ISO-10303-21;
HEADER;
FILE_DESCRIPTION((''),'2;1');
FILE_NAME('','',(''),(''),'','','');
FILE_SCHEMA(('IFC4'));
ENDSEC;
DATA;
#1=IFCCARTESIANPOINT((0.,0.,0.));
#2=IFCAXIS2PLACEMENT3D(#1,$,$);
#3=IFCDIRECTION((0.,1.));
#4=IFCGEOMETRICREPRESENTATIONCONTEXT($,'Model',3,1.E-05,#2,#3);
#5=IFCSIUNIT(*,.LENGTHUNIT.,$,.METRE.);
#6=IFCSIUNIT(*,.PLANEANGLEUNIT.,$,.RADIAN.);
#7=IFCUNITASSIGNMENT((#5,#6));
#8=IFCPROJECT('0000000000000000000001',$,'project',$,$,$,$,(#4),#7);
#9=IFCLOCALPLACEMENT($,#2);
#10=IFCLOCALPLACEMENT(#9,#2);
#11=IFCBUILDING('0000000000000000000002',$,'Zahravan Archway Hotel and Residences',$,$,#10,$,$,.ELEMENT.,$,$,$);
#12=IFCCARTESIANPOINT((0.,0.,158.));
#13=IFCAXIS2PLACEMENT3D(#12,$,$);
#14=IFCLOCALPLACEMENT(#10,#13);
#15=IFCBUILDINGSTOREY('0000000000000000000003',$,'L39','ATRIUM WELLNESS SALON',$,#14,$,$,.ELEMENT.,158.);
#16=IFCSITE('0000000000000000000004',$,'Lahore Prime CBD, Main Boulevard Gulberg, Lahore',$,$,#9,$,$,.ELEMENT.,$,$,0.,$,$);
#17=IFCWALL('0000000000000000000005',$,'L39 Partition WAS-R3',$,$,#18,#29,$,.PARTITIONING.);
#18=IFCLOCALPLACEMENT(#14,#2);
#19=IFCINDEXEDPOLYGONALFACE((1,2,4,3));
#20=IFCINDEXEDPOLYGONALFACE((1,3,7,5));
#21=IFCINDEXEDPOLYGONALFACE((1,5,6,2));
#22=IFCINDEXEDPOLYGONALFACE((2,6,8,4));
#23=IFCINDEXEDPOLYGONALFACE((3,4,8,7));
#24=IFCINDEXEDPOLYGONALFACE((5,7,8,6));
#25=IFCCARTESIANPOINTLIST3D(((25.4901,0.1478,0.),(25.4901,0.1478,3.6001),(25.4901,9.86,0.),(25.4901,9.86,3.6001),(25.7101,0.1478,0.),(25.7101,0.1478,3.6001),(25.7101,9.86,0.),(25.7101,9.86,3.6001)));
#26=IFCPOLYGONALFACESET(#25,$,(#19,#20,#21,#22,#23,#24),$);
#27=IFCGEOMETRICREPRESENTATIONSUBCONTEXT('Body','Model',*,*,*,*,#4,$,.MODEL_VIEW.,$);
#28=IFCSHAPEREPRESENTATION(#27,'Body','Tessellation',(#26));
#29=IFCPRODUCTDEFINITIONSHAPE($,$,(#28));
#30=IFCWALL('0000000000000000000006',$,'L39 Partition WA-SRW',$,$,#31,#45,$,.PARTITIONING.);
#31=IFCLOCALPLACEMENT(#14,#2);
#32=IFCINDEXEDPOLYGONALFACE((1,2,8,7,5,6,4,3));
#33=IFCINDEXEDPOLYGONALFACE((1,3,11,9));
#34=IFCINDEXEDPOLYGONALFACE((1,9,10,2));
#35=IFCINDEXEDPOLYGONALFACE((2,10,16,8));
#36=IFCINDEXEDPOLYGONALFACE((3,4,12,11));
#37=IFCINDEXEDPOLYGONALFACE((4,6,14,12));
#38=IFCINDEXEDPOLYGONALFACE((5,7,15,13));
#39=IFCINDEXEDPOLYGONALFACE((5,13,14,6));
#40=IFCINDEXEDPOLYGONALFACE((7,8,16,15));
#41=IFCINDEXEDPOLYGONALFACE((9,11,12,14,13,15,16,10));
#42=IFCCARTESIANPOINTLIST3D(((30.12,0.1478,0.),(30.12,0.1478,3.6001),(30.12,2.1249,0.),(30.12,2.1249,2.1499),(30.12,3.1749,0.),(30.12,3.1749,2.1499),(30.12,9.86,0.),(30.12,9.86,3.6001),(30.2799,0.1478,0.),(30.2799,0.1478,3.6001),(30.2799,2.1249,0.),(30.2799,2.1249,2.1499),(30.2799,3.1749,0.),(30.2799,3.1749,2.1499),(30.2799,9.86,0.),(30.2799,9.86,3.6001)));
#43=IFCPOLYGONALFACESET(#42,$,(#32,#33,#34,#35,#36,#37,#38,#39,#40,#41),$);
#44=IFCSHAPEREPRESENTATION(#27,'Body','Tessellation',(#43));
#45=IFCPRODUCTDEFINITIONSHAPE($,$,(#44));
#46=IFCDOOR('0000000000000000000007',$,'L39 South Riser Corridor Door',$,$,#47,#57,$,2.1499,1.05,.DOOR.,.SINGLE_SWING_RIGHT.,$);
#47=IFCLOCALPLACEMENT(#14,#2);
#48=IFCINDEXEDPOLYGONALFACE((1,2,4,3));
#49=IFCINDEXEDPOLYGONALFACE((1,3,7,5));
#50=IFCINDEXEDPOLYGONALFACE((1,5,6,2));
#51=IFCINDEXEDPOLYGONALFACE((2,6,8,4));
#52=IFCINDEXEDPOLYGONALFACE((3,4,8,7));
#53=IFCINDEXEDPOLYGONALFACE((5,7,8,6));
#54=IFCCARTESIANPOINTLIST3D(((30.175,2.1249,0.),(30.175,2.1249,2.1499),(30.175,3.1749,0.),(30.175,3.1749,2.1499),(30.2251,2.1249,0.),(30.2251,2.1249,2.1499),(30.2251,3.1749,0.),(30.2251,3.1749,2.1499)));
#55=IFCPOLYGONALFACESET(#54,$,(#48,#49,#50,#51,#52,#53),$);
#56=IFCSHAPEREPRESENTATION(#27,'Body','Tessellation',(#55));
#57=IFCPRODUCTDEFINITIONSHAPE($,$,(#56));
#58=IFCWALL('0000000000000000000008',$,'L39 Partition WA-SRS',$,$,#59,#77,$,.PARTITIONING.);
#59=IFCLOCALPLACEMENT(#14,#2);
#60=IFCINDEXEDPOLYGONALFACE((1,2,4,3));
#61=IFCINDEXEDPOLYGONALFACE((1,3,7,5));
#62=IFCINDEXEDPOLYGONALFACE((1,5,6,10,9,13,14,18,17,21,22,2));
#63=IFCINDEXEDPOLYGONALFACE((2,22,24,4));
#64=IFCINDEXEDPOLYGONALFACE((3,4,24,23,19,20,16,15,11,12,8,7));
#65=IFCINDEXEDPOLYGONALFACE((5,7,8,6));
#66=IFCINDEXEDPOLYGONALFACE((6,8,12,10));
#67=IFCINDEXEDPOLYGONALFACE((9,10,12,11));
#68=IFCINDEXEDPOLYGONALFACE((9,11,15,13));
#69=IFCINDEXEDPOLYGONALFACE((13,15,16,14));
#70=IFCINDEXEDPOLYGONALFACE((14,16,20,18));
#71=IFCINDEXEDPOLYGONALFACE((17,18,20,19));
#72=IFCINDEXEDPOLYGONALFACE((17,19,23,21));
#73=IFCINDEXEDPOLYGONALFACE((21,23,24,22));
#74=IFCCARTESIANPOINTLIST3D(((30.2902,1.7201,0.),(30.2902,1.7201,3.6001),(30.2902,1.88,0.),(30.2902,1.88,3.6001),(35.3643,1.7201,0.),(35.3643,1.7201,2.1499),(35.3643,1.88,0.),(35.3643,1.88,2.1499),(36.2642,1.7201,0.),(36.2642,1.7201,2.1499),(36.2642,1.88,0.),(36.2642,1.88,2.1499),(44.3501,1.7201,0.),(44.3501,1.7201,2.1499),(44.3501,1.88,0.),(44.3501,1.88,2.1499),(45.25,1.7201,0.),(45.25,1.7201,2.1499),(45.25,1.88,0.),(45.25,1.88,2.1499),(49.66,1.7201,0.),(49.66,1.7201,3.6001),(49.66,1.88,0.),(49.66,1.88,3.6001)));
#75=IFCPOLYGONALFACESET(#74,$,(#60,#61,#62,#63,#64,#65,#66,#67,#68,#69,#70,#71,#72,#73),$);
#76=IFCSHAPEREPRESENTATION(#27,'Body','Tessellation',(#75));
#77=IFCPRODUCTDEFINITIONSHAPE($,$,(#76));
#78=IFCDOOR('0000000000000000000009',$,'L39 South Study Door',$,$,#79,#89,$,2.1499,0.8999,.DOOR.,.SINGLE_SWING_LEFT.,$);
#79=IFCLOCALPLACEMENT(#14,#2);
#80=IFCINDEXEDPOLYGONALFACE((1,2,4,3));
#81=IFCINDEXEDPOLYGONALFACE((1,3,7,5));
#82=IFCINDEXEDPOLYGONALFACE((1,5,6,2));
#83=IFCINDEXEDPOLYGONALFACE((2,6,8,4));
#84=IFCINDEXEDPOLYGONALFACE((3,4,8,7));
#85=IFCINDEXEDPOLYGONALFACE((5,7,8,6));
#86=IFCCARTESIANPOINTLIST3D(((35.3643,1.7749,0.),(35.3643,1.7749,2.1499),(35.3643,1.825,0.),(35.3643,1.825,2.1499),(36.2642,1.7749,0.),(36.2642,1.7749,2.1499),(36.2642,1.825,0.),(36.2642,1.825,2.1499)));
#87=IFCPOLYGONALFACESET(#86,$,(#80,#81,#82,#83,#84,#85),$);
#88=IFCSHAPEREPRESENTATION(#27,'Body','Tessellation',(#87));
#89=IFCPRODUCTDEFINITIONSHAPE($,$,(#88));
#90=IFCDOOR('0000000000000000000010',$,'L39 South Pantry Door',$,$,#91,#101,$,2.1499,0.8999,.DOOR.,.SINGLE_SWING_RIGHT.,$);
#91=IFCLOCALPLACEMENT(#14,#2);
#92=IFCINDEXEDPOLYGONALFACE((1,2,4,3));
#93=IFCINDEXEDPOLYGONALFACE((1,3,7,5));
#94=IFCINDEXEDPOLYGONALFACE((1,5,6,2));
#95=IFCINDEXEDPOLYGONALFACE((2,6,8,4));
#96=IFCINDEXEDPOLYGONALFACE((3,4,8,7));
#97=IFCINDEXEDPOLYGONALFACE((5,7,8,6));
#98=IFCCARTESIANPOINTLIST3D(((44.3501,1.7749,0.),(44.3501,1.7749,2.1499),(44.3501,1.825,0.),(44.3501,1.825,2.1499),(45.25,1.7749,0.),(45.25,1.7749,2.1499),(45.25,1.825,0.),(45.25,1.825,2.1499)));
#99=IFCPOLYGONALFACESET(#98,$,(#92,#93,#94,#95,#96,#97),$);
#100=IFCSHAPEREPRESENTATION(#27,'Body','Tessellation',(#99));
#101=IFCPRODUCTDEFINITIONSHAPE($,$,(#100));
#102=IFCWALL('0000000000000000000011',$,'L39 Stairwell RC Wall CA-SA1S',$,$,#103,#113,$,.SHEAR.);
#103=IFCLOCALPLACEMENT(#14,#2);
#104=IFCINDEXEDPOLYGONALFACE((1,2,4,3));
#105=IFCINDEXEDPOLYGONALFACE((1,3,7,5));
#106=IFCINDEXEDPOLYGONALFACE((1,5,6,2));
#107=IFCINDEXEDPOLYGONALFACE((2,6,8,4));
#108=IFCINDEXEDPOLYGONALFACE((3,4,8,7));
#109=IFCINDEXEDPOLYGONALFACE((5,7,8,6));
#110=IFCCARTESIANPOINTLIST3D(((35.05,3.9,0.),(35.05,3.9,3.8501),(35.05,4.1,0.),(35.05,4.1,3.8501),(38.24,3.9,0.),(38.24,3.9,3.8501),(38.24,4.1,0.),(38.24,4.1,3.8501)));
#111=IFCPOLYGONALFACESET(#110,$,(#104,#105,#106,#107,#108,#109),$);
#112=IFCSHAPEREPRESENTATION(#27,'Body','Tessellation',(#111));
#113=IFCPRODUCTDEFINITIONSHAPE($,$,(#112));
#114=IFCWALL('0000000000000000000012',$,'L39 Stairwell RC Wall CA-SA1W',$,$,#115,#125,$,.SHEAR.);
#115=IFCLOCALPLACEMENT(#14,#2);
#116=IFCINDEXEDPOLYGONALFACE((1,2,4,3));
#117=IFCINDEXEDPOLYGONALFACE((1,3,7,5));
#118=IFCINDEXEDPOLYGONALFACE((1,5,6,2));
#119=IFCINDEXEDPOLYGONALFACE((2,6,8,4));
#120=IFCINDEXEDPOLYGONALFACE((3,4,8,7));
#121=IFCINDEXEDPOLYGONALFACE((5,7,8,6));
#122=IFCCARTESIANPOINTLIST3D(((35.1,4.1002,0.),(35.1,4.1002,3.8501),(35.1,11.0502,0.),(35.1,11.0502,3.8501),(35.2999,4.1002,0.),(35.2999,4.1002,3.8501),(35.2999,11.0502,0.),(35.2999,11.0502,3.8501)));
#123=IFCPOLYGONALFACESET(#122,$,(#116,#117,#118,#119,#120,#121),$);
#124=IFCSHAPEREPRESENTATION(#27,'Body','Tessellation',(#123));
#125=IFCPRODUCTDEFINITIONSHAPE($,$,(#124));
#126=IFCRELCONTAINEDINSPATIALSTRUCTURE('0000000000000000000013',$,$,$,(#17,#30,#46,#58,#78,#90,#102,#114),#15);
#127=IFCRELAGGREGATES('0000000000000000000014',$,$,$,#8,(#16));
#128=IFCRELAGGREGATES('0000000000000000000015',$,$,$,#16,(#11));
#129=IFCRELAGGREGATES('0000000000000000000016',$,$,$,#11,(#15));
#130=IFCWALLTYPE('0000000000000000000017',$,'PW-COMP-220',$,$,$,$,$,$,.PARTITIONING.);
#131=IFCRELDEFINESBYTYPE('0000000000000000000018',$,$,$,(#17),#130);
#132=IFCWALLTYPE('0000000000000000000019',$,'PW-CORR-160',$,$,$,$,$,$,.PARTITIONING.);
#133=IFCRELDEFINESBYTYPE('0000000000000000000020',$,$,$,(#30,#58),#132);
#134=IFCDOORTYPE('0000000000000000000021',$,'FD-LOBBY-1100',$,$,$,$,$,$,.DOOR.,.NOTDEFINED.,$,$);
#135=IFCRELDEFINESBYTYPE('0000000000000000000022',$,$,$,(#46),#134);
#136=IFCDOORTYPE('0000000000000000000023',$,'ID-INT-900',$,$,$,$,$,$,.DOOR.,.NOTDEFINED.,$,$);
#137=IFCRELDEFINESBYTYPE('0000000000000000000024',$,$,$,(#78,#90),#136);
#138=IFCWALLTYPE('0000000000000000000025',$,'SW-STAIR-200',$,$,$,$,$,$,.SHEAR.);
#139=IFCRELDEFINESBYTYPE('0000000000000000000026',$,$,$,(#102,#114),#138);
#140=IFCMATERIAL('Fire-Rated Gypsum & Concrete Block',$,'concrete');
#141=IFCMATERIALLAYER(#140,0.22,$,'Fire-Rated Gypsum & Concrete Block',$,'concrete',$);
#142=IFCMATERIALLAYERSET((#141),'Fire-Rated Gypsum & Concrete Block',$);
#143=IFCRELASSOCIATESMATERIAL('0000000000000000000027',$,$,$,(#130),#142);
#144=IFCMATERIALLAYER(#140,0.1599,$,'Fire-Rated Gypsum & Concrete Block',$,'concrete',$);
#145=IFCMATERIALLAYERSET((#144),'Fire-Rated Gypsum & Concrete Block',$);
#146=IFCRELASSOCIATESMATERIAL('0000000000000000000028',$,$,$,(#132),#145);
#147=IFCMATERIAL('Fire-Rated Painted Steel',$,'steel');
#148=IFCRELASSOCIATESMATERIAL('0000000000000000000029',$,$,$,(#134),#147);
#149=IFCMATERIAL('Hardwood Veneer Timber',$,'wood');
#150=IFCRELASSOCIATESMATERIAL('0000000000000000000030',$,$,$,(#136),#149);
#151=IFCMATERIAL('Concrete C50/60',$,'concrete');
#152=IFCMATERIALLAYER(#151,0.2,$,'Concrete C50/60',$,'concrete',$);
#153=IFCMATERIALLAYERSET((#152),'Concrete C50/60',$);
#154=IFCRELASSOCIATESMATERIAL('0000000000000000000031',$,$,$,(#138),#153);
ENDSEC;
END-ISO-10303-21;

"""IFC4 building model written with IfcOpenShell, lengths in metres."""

from ifc_helpers import new_model, si_unit, direction, frame, frame_2d, origin, place, context, subcontext, project, spatial, rectangle, extrude, source, transform, mapped, material, layer, layer_set, type_object, type_shapes, element, fill, save


model = new_model("IFC4")

# Units and contexts
model_context = context("Model", 3, precision=1e-05, world=origin(), true_north=direction((0.0, 1.0)))
body_context = subcontext(model_context, "Body", "Model", "MODEL_VIEW")
ifc_project = project(units=[si_unit("LENGTHUNIT", "METRE"), si_unit("PLANEANGLEUNIT", "RADIAN")], contexts=[model_context])

# Site, building, storey
site_placement = place(None, origin())
site = spatial("IfcSite", under=ifc_project, at=site_placement, Name="Lahore Prime CBD, Main Boulevard Gulberg, Lahore", CompositionType="ELEMENT", RefElevation=0.0)
building_placement = place(site_placement, origin())
building = spatial("IfcBuilding", under=site, at=building_placement, Name="Zahravan Archway Hotel and Residences", CompositionType="ELEMENT")
storey_placement = place(building_placement, frame((0.0, 0.0, 158.0)))
storey = spatial("IfcBuildingStorey", under=building, at=storey_placement, Name="L39", Description="ATRIUM WELLNESS SALON", CompositionType="ELEMENT", Elevation=158.0)

# Shared definitions
ifc_material_1 = material(Name="Fire-Rated Painted Steel", Category="steel")

# Wall
ifc_material_2 = material(Name="Fire-Rated Gypsum & Concrete Block", Category="concrete")
ifc_layer_1 = layer(ifc_material_2, 0.22, Name="Fire-Rated Gypsum & Concrete Block", Category="concrete")
ifc_layer_set_1 = layer_set([ifc_layer_1], Name="Fire-Rated Gypsum & Concrete Block")
wall_type_1 = type_object("IfcWallType", Name="PW-COMP-220", PredefinedType="PARTITIONING", material=ifc_layer_set_1)
wall_1_placement = place(storey_placement, frame((25.6001, 0.1479, 0.0), z_axis=(0.0, 0.0, 1.0), x_axis=(0.0, 1.0, 0.0)))
element("IfcWall", 1, at=wall_1_placement, inside=storey, type_object=wall_type_1, Name="L39 Partition WAS-R3", PredefinedType="PARTITIONING", context=body_context, shape_type="SweptSolid", body=[
    extrude(rectangle(XDim=9.7122, YDim=0.22, at=frame_2d((4.856, 0.0))), origin(), (0.0, 0.0, 1.0), 3.6001),
])

# Wall, opening, door
ifc_layer_2 = layer(ifc_material_2, 0.1599, Name="Fire-Rated Gypsum & Concrete Block", Category="concrete")
ifc_layer_set_2 = layer_set([ifc_layer_2], Name="Fire-Rated Gypsum & Concrete Block")
wall_type_2 = type_object("IfcWallType", Name="PW-CORR-160", PredefinedType="PARTITIONING", material=ifc_layer_set_2)
wall_2_placement = place(storey_placement, frame((30.2, 0.1479, 0.0), z_axis=(0.0, 0.0, 1.0), x_axis=(0.0, 1.0, 0.0)))
wall_2 = element("IfcWall", 2, at=wall_2_placement, inside=storey, type_object=wall_type_2, Name="L39 Partition WA-SRW", PredefinedType="PARTITIONING", context=body_context, shape_type="SweptSolid", body=[
    extrude(rectangle(XDim=9.7122, YDim=0.1599, at=frame_2d((4.856, 0.0))), origin(), (0.0, 0.0, 1.0), 3.6001),
])
opening_1_placement = place(wall_2_placement, frame((1.9771, 0.0, 0.0)))
opening_1 = element("IfcOpeningElement", 3, at=opening_1_placement, cuts=wall_2, PredefinedType="OPENING", context=body_context, shape_type="SweptSolid", body=[
    extrude(rectangle(XDim=1.05, YDim=2.1499, at=frame_2d((0.5249, 1.075))), frame((0.0, 0.0898, 0.0), z_axis=(0.0, -1.0, 0.0), x_axis=(1.0, 0.0, 0.0)), (0.0, 0.0, 1.0), 0.1799),
])
door_type_1 = type_object("IfcDoorType", Name="FD-LOBBY-1100", OperationType="NOTDEFINED", PredefinedType="DOOR", material=ifc_material_1)
shared_shape_1 = source(origin(), body_context, "Body", "SweptSolid", [
    extrude(rectangle(XDim=1.05, YDim=2.1499, at=frame_2d((0.5249, 1.075))), frame((0.0, 0.0249, 0.0), z_axis=(0.0, -1.0, 0.0), x_axis=(1.0, 0.0, 0.0)), (0.0, 0.0, 1.0), 0.05),
])
type_shapes(door_type_1, [shared_shape_1])
door_1_placement = place(opening_1_placement, origin())
door_1 = element("IfcDoor", 4, at=door_1_placement, inside=storey, type_object=door_type_1, Name="L39 South Riser Corridor Door", OperationType="SINGLE_SWING_RIGHT", OverallHeight=2.1499, OverallWidth=1.05, PredefinedType="DOOR", context=body_context, shape_type="MappedRepresentation", body=[
    mapped(shared_shape_1, transform((0.0, 0.0, 0.0), scale=1.0)),
])
fill(opening_1, door_1)

# Wall, openings, doors
wall_3_placement = place(storey_placement, frame((30.29, 1.8, 0.0), z_axis=(0.0, 0.0, 1.0), x_axis=(1.0, 0.0, 0.0)))
wall_3 = element("IfcWall", 5, at=wall_3_placement, inside=storey, type_object=wall_type_2, Name="L39 Partition WA-SRS", PredefinedType="PARTITIONING", context=body_context, shape_type="SweptSolid", body=[
    extrude(rectangle(XDim=19.3699, YDim=0.1599, at=frame_2d((9.6851, 0.0))), origin(), (0.0, 0.0, 1.0), 3.6001),
])
opening_2_placement = place(wall_3_placement, frame((5.0742, 0.0, 0.0)))
opening_2 = element("IfcOpeningElement", 6, at=opening_2_placement, cuts=wall_3, PredefinedType="OPENING", context=body_context, shape_type="SweptSolid", body=[
    extrude(rectangle(XDim=0.8999, YDim=2.1499, at=frame_2d((0.45, 1.075))), frame((0.0, 0.0898, 0.0), z_axis=(0.0, -1.0, 0.0), x_axis=(1.0, 0.0, 0.0)), (0.0, 0.0, 1.0), 0.1799),
])
opening_3_placement = place(wall_3_placement, frame((14.0601, 0.0, 0.0)))
opening_3 = element("IfcOpeningElement", 7, at=opening_3_placement, cuts=wall_3, PredefinedType="OPENING", context=body_context, shape_type="SweptSolid", body=[
    extrude(rectangle(XDim=0.8999, YDim=2.1499, at=frame_2d((0.45, 1.075))), frame((0.0, 0.0898, 0.0), z_axis=(0.0, -1.0, 0.0), x_axis=(1.0, 0.0, 0.0)), (0.0, 0.0, 1.0), 0.1799),
])
ifc_material_3 = material(Name="Hardwood Veneer Timber", Category="wood")
door_type_2 = type_object("IfcDoorType", Name="ID-INT-900", OperationType="NOTDEFINED", PredefinedType="DOOR", material=ifc_material_3)
shared_shape_2 = source(origin(), body_context, "Body", "SweptSolid", [
    extrude(rectangle(XDim=0.8999, YDim=2.1499, at=frame_2d((0.45, 1.075))), frame((0.0, 0.0249, 0.0), z_axis=(0.0, -1.0, 0.0), x_axis=(1.0, 0.0, 0.0)), (0.0, 0.0, 1.0), 0.05),
])
type_shapes(door_type_2, [shared_shape_2])
door_2_placement = place(opening_2_placement, origin())
door_2 = element("IfcDoor", 8, at=door_2_placement, inside=storey, type_object=door_type_2, Name="L39 South Study Door", OperationType="SINGLE_SWING_LEFT", OverallHeight=2.1499, OverallWidth=0.8999, PredefinedType="DOOR", context=body_context, shape_type="MappedRepresentation", body=[
    mapped(shared_shape_2, transform((0.0, 0.0, 0.0), scale=1.0)),
])
fill(opening_2, door_2)
door_3_placement = place(opening_3_placement, origin())
door_3 = element("IfcDoor", 9, at=door_3_placement, inside=storey, type_object=door_type_2, Name="L39 South Pantry Door", OperationType="SINGLE_SWING_RIGHT", OverallHeight=2.1499, OverallWidth=0.8999, PredefinedType="DOOR", context=body_context, shape_type="MappedRepresentation", body=[
    mapped(shared_shape_2, transform((0.0, 0.0, 0.0), scale=1.0)),
])
fill(opening_3, door_3)

# Walls
ifc_material_4 = material(Name="Concrete C50/60", Category="concrete")
ifc_layer_3 = layer(ifc_material_4, 0.2, Name="Concrete C50/60", Category="concrete")
ifc_layer_set_3 = layer_set([ifc_layer_3], Name="Concrete C50/60")
wall_type_3 = type_object("IfcWallType", Name="SW-STAIR-200", PredefinedType="SHEAR", material=ifc_layer_set_3)
wall_4_placement = place(storey_placement, frame((35.05, 4.0, 0.0), z_axis=(0.0, 0.0, 1.0), x_axis=(1.0, 0.0, 0.0)))
element("IfcWall", 10, at=wall_4_placement, inside=storey, type_object=wall_type_3, Name="L39 Stairwell RC Wall CA-SA1S", PredefinedType="SHEAR", context=body_context, shape_type="SweptSolid", body=[
    extrude(rectangle(XDim=3.1899, YDim=0.2, at=frame_2d((1.595, 0.0))), origin(), (0.0, 0.0, 1.0), 3.8501),
])
wall_5_placement = place(storey_placement, frame((35.2, 4.1001, 0.0), z_axis=(0.0, 0.0, 1.0), x_axis=(0.0, 1.0, 0.0)))
element("IfcWall", 11, at=wall_5_placement, inside=storey, type_object=wall_type_3, Name="L39 Stairwell RC Wall CA-SA1W", PredefinedType="SHEAR", context=body_context, shape_type="SweptSolid", body=[
    extrude(rectangle(XDim=6.95, YDim=0.2, at=frame_2d((3.4751, 0.0))), origin(), (0.0, 0.0, 1.0), 3.8501),
])

save(model, "model.ifc")
